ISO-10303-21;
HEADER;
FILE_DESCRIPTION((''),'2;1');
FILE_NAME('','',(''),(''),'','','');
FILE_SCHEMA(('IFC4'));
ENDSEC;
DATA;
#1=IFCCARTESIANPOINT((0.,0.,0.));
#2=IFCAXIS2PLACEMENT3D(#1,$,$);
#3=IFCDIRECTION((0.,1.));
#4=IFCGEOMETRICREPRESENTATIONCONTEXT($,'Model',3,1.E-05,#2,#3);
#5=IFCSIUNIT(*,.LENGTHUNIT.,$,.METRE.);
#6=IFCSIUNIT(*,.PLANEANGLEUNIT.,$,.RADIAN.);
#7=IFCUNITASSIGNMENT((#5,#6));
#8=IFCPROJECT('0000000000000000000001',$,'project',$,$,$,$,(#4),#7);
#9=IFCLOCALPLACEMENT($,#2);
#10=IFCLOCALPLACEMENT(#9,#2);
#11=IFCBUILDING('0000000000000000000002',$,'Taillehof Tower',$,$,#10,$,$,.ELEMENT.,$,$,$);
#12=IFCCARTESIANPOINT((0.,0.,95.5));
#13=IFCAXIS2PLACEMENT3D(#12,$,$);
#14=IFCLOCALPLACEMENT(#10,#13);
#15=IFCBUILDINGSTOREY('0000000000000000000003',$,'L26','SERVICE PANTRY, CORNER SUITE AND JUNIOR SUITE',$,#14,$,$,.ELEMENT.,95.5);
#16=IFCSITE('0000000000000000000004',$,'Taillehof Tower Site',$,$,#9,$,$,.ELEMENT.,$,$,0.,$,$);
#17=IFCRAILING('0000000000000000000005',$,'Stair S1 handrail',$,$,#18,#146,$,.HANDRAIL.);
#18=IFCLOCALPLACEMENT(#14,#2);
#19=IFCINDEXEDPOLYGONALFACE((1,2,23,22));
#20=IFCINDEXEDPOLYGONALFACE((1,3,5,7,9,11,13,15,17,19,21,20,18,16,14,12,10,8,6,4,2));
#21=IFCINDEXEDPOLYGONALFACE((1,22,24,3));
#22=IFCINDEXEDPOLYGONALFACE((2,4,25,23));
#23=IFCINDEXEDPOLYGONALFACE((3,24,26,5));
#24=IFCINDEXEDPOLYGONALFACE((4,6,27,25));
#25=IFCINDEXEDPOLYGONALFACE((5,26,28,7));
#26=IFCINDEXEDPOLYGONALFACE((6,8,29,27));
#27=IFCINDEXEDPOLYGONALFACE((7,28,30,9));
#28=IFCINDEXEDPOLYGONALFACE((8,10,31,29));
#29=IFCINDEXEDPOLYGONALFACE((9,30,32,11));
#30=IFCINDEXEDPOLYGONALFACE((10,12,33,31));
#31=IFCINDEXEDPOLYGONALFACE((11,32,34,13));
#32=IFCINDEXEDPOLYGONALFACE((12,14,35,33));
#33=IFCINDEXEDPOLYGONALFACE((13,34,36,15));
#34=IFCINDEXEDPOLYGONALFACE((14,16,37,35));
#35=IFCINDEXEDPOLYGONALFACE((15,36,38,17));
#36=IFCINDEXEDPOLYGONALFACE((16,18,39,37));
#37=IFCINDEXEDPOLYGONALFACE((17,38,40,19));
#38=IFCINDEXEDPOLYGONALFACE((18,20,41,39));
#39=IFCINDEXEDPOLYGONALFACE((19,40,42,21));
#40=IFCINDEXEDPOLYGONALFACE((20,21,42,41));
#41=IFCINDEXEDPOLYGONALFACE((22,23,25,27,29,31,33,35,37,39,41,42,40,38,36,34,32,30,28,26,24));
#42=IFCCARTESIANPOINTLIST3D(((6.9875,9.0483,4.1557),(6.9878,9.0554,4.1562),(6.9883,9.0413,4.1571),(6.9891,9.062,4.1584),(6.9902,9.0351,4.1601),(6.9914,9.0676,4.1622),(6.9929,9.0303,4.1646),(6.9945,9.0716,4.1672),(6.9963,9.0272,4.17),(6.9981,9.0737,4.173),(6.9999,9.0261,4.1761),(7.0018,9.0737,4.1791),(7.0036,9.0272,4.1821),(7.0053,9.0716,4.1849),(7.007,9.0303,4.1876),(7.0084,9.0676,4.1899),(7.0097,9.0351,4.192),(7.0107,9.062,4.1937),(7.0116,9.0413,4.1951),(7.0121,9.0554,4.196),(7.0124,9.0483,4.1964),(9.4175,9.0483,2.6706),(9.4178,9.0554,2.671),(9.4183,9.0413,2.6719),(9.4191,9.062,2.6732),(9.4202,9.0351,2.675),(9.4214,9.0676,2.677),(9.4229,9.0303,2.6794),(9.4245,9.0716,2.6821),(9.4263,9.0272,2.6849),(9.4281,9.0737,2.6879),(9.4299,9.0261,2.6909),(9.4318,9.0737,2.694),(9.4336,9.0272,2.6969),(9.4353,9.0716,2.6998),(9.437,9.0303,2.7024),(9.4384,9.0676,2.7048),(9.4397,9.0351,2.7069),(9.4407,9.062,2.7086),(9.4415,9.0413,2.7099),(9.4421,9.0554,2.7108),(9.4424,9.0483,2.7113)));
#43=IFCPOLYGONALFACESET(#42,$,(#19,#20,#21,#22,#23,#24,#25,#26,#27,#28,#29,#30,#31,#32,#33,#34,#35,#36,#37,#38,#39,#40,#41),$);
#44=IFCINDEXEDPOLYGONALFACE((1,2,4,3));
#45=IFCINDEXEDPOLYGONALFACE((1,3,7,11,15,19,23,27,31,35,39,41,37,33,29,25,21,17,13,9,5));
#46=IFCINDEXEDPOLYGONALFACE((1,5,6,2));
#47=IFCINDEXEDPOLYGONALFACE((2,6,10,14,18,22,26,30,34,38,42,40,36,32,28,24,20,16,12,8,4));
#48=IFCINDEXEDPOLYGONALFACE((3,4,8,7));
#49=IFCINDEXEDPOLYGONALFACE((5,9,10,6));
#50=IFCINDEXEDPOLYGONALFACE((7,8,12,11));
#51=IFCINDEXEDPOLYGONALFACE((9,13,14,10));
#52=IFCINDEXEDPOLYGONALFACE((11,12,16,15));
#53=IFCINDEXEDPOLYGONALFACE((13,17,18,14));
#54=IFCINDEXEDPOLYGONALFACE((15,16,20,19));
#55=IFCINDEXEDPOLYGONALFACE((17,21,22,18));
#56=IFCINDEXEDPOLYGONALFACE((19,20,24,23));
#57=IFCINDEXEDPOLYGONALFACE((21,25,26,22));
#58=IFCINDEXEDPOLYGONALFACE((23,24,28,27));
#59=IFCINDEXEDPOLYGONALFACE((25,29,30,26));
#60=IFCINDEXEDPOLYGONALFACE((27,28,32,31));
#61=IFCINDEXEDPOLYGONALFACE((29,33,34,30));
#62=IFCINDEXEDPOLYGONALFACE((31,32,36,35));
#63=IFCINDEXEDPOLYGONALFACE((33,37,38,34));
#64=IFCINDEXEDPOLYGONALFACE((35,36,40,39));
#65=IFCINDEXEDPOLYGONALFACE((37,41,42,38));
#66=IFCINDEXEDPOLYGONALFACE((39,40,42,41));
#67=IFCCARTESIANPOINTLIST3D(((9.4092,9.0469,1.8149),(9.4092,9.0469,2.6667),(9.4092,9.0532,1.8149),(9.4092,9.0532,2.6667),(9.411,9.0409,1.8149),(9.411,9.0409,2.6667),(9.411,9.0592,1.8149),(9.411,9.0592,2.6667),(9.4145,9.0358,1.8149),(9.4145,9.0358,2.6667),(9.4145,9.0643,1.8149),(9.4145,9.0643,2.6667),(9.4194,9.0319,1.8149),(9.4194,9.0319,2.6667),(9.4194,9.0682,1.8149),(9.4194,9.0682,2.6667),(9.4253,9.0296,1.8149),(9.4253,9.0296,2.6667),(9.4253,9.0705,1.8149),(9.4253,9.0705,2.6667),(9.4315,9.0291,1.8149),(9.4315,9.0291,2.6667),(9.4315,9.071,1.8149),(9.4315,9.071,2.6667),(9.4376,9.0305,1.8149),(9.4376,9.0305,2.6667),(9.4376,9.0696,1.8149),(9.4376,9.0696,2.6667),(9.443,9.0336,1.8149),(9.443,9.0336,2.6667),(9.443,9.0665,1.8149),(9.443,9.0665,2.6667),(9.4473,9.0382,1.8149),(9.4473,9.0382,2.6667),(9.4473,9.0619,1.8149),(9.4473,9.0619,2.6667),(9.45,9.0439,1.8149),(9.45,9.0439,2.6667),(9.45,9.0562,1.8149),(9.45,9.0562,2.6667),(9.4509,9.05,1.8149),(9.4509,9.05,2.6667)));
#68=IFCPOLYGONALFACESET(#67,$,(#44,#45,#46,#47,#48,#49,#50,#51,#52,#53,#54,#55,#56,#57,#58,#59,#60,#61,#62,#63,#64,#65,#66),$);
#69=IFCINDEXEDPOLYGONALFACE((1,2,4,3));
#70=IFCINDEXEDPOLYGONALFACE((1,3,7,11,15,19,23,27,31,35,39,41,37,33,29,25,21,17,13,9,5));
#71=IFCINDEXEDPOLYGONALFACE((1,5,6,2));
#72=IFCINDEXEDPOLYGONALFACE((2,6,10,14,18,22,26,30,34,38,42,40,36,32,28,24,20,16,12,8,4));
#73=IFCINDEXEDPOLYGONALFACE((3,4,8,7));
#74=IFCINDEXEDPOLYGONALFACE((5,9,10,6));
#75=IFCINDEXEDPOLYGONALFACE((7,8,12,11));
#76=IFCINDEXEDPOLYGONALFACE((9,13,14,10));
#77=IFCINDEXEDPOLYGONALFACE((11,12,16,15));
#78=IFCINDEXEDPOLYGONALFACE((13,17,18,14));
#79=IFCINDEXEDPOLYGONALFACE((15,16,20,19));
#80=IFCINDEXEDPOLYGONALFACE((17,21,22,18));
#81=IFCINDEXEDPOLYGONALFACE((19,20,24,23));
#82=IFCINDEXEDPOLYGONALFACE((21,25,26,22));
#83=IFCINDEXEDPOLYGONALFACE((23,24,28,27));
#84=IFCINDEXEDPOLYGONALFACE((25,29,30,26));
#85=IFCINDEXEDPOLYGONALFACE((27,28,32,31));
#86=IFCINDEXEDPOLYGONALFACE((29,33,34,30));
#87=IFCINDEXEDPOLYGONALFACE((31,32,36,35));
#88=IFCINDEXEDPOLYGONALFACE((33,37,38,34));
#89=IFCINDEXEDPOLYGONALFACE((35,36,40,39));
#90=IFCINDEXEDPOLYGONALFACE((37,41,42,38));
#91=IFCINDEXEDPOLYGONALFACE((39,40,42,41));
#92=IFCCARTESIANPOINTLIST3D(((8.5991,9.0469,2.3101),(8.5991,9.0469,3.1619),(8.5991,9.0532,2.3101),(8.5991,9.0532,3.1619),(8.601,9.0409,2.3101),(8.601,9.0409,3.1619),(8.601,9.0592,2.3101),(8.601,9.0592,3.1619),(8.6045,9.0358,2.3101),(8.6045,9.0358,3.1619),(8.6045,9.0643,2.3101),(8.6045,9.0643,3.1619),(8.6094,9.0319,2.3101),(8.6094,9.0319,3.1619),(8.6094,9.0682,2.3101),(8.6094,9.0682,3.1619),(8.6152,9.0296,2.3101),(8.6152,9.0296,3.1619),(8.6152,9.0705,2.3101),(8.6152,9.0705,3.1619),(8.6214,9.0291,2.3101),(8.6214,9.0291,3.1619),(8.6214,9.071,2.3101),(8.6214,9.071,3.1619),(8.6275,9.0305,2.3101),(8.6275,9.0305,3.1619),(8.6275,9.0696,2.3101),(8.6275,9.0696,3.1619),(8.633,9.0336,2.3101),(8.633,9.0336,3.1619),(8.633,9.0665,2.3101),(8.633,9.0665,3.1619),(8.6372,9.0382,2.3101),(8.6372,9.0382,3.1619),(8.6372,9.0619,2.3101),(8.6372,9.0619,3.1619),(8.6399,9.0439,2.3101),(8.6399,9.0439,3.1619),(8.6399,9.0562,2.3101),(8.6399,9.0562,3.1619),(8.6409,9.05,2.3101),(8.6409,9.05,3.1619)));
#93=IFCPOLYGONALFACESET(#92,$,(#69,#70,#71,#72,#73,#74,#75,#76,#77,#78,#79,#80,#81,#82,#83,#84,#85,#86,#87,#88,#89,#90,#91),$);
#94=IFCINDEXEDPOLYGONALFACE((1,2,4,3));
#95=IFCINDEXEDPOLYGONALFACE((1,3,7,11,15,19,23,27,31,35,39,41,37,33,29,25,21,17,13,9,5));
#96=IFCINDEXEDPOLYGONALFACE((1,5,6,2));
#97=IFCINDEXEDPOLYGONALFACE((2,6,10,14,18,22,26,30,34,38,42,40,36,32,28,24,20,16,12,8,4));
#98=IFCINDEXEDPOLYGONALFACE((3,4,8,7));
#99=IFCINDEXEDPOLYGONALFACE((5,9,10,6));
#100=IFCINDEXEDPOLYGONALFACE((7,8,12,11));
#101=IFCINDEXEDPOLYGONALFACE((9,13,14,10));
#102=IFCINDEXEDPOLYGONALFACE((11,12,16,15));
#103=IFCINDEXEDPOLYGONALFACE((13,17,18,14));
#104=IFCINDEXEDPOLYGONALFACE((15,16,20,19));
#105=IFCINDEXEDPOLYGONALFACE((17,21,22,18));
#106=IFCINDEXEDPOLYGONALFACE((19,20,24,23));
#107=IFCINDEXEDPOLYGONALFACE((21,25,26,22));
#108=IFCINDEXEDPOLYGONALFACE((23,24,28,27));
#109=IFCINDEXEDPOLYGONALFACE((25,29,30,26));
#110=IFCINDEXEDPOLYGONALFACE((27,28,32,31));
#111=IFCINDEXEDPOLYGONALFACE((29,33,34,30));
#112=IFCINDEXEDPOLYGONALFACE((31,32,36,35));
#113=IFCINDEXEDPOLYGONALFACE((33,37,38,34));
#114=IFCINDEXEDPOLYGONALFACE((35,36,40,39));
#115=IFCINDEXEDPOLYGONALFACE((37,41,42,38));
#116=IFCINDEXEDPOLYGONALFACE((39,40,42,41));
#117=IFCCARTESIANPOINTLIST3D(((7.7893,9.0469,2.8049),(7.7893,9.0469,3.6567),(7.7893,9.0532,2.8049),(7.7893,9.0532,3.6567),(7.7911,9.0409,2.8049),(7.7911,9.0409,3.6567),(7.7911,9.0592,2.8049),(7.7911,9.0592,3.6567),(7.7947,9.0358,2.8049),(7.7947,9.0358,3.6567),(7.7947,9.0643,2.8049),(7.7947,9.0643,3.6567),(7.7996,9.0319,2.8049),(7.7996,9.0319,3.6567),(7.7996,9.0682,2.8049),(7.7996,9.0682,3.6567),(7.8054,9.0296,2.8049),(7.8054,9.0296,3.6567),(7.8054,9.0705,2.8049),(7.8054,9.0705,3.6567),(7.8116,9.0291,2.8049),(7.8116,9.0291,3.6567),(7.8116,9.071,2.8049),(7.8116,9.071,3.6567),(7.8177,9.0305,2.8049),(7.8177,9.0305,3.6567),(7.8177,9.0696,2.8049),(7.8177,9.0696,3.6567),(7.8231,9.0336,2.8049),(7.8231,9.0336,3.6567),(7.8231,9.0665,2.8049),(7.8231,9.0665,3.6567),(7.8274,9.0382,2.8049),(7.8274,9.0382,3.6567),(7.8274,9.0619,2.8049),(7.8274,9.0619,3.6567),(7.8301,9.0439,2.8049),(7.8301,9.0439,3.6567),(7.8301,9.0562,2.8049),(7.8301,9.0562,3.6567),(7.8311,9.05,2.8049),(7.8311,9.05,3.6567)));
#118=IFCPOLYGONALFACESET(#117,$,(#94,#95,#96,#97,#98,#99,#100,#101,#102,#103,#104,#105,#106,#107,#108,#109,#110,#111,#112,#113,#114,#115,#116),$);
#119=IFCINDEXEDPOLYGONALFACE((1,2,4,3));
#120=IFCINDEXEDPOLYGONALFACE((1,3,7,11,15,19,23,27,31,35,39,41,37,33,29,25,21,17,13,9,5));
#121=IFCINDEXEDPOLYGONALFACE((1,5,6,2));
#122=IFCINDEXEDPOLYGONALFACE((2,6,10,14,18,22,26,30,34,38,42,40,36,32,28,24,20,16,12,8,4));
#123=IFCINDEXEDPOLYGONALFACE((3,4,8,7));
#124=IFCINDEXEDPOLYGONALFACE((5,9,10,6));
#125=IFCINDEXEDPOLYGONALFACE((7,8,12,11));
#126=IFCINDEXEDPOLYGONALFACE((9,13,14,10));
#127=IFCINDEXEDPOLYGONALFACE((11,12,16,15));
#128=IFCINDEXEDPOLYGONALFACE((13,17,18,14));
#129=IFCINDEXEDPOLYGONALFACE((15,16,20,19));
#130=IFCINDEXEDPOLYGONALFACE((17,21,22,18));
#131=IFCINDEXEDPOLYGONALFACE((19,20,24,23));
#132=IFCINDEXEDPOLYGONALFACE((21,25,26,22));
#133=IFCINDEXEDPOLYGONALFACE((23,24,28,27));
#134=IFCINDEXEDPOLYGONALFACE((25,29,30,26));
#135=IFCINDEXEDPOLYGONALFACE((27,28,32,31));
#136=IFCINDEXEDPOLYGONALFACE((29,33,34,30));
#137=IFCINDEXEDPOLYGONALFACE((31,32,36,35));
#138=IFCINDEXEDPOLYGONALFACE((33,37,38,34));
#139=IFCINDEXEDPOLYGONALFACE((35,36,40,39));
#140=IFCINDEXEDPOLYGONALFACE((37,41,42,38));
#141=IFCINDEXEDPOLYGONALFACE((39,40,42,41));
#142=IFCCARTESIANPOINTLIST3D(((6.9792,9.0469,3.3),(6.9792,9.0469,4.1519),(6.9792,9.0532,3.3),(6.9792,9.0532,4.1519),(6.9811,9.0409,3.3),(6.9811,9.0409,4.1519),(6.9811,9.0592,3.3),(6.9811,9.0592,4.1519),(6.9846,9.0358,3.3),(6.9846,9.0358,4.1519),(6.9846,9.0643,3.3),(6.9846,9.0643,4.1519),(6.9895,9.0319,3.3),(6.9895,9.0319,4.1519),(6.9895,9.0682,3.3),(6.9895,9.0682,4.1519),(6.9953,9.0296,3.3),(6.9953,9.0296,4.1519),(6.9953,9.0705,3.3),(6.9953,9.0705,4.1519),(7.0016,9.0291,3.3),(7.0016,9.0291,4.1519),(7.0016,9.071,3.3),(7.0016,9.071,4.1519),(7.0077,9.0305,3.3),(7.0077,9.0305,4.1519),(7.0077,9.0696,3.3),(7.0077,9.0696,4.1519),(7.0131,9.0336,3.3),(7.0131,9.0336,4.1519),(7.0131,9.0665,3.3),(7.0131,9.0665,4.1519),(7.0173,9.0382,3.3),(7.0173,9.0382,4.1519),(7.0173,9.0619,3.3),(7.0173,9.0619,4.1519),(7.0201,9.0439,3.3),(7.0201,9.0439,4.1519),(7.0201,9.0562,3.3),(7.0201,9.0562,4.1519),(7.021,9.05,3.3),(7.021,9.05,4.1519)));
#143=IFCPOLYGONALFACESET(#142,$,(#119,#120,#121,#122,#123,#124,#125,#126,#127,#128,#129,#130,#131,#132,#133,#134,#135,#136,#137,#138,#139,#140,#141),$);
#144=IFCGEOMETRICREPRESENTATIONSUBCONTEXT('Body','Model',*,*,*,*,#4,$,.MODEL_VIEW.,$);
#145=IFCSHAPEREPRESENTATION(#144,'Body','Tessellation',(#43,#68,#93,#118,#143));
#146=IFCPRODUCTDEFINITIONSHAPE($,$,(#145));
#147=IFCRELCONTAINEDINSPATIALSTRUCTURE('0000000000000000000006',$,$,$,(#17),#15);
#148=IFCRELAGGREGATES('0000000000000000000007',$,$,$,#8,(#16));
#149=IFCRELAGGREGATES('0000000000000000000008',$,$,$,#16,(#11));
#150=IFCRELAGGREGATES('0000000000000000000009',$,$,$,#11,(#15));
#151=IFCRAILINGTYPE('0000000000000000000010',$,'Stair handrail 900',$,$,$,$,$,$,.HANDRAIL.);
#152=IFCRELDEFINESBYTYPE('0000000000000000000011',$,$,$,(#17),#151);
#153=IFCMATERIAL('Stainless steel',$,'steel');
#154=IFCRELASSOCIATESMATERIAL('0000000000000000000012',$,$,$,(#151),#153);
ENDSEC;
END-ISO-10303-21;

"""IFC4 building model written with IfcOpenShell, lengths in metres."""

from ifc_helpers import new_model, si_unit, direction, frame, origin, origin_2d, place, context, subcontext, project, spatial, circle, extrude, material, type_object, element, save


model = new_model("IFC4")

# Units and contexts
model_context = context("Model", 3, precision=1e-05, world=origin(), true_north=direction((0.0, 1.0)))
body_context = subcontext(model_context, "Body", "Model", "MODEL_VIEW")
ifc_project = project(units=[si_unit("LENGTHUNIT", "METRE"), si_unit("PLANEANGLEUNIT", "RADIAN")], contexts=[model_context])

# Site, building, storey
site_placement = place(None, origin())
site = spatial("IfcSite", under=ifc_project, at=site_placement, Name="Taillehof Tower Site", CompositionType="ELEMENT", RefElevation=0.0)
building_placement = place(site_placement, origin())
building = spatial("IfcBuilding", under=site, at=building_placement, Name="Taillehof Tower", CompositionType="ELEMENT")
storey_placement = place(building_placement, frame((0.0, 0.0, 95.5)))
storey = spatial("IfcBuildingStorey", under=building, at=storey_placement, Name="L26", Description="SERVICE PANTRY, CORNER SUITE AND JUNIOR SUITE", CompositionType="ELEMENT", Elevation=95.5)

# Railing
ifc_material_1 = material(Name="Stainless steel", Category="steel")
railing_type = type_object("IfcRailingType", Name="Stair handrail 900", PredefinedType="HANDRAIL", material=ifc_material_1)
railing_placement = place(storey_placement, frame((9.4299, 9.05, 1.8149)))
element("IfcRailing", 1, at=railing_placement, inside=storey, type_object=railing_type, Name="Stair S1 handrail", PredefinedType="HANDRAIL", context=body_context, shape_type="SweptSolid", body=[
    extrude(circle(Radius=0.0239, at=origin_2d()), frame((0.0, 0.0, 0.876), z_axis=(-0.853259, 0.0, 0.521488), x_axis=(0.0, -1.0, 0.0)), (0.0, 0.0, 1.0), 2.8479),
    extrude(circle(Radius=0.021, at=origin_2d()), origin(), (0.0, 0.0, 1.0), 0.8518),
    extrude(circle(Radius=0.021, at=origin_2d()), frame((-0.8101, 0.0, 0.4951)), (0.0, 0.0, 1.0), 0.8518),
    extrude(circle(Radius=0.021, at=origin_2d()), frame((-1.6199, 0.0, 0.99)), (0.0, 0.0, 1.0), 0.8518),
    extrude(circle(Radius=0.021, at=origin_2d()), frame((-2.4299, 0.0, 1.4851)), (0.0, 0.0, 1.0), 0.8518),
])

save(model, "model.ifc")
